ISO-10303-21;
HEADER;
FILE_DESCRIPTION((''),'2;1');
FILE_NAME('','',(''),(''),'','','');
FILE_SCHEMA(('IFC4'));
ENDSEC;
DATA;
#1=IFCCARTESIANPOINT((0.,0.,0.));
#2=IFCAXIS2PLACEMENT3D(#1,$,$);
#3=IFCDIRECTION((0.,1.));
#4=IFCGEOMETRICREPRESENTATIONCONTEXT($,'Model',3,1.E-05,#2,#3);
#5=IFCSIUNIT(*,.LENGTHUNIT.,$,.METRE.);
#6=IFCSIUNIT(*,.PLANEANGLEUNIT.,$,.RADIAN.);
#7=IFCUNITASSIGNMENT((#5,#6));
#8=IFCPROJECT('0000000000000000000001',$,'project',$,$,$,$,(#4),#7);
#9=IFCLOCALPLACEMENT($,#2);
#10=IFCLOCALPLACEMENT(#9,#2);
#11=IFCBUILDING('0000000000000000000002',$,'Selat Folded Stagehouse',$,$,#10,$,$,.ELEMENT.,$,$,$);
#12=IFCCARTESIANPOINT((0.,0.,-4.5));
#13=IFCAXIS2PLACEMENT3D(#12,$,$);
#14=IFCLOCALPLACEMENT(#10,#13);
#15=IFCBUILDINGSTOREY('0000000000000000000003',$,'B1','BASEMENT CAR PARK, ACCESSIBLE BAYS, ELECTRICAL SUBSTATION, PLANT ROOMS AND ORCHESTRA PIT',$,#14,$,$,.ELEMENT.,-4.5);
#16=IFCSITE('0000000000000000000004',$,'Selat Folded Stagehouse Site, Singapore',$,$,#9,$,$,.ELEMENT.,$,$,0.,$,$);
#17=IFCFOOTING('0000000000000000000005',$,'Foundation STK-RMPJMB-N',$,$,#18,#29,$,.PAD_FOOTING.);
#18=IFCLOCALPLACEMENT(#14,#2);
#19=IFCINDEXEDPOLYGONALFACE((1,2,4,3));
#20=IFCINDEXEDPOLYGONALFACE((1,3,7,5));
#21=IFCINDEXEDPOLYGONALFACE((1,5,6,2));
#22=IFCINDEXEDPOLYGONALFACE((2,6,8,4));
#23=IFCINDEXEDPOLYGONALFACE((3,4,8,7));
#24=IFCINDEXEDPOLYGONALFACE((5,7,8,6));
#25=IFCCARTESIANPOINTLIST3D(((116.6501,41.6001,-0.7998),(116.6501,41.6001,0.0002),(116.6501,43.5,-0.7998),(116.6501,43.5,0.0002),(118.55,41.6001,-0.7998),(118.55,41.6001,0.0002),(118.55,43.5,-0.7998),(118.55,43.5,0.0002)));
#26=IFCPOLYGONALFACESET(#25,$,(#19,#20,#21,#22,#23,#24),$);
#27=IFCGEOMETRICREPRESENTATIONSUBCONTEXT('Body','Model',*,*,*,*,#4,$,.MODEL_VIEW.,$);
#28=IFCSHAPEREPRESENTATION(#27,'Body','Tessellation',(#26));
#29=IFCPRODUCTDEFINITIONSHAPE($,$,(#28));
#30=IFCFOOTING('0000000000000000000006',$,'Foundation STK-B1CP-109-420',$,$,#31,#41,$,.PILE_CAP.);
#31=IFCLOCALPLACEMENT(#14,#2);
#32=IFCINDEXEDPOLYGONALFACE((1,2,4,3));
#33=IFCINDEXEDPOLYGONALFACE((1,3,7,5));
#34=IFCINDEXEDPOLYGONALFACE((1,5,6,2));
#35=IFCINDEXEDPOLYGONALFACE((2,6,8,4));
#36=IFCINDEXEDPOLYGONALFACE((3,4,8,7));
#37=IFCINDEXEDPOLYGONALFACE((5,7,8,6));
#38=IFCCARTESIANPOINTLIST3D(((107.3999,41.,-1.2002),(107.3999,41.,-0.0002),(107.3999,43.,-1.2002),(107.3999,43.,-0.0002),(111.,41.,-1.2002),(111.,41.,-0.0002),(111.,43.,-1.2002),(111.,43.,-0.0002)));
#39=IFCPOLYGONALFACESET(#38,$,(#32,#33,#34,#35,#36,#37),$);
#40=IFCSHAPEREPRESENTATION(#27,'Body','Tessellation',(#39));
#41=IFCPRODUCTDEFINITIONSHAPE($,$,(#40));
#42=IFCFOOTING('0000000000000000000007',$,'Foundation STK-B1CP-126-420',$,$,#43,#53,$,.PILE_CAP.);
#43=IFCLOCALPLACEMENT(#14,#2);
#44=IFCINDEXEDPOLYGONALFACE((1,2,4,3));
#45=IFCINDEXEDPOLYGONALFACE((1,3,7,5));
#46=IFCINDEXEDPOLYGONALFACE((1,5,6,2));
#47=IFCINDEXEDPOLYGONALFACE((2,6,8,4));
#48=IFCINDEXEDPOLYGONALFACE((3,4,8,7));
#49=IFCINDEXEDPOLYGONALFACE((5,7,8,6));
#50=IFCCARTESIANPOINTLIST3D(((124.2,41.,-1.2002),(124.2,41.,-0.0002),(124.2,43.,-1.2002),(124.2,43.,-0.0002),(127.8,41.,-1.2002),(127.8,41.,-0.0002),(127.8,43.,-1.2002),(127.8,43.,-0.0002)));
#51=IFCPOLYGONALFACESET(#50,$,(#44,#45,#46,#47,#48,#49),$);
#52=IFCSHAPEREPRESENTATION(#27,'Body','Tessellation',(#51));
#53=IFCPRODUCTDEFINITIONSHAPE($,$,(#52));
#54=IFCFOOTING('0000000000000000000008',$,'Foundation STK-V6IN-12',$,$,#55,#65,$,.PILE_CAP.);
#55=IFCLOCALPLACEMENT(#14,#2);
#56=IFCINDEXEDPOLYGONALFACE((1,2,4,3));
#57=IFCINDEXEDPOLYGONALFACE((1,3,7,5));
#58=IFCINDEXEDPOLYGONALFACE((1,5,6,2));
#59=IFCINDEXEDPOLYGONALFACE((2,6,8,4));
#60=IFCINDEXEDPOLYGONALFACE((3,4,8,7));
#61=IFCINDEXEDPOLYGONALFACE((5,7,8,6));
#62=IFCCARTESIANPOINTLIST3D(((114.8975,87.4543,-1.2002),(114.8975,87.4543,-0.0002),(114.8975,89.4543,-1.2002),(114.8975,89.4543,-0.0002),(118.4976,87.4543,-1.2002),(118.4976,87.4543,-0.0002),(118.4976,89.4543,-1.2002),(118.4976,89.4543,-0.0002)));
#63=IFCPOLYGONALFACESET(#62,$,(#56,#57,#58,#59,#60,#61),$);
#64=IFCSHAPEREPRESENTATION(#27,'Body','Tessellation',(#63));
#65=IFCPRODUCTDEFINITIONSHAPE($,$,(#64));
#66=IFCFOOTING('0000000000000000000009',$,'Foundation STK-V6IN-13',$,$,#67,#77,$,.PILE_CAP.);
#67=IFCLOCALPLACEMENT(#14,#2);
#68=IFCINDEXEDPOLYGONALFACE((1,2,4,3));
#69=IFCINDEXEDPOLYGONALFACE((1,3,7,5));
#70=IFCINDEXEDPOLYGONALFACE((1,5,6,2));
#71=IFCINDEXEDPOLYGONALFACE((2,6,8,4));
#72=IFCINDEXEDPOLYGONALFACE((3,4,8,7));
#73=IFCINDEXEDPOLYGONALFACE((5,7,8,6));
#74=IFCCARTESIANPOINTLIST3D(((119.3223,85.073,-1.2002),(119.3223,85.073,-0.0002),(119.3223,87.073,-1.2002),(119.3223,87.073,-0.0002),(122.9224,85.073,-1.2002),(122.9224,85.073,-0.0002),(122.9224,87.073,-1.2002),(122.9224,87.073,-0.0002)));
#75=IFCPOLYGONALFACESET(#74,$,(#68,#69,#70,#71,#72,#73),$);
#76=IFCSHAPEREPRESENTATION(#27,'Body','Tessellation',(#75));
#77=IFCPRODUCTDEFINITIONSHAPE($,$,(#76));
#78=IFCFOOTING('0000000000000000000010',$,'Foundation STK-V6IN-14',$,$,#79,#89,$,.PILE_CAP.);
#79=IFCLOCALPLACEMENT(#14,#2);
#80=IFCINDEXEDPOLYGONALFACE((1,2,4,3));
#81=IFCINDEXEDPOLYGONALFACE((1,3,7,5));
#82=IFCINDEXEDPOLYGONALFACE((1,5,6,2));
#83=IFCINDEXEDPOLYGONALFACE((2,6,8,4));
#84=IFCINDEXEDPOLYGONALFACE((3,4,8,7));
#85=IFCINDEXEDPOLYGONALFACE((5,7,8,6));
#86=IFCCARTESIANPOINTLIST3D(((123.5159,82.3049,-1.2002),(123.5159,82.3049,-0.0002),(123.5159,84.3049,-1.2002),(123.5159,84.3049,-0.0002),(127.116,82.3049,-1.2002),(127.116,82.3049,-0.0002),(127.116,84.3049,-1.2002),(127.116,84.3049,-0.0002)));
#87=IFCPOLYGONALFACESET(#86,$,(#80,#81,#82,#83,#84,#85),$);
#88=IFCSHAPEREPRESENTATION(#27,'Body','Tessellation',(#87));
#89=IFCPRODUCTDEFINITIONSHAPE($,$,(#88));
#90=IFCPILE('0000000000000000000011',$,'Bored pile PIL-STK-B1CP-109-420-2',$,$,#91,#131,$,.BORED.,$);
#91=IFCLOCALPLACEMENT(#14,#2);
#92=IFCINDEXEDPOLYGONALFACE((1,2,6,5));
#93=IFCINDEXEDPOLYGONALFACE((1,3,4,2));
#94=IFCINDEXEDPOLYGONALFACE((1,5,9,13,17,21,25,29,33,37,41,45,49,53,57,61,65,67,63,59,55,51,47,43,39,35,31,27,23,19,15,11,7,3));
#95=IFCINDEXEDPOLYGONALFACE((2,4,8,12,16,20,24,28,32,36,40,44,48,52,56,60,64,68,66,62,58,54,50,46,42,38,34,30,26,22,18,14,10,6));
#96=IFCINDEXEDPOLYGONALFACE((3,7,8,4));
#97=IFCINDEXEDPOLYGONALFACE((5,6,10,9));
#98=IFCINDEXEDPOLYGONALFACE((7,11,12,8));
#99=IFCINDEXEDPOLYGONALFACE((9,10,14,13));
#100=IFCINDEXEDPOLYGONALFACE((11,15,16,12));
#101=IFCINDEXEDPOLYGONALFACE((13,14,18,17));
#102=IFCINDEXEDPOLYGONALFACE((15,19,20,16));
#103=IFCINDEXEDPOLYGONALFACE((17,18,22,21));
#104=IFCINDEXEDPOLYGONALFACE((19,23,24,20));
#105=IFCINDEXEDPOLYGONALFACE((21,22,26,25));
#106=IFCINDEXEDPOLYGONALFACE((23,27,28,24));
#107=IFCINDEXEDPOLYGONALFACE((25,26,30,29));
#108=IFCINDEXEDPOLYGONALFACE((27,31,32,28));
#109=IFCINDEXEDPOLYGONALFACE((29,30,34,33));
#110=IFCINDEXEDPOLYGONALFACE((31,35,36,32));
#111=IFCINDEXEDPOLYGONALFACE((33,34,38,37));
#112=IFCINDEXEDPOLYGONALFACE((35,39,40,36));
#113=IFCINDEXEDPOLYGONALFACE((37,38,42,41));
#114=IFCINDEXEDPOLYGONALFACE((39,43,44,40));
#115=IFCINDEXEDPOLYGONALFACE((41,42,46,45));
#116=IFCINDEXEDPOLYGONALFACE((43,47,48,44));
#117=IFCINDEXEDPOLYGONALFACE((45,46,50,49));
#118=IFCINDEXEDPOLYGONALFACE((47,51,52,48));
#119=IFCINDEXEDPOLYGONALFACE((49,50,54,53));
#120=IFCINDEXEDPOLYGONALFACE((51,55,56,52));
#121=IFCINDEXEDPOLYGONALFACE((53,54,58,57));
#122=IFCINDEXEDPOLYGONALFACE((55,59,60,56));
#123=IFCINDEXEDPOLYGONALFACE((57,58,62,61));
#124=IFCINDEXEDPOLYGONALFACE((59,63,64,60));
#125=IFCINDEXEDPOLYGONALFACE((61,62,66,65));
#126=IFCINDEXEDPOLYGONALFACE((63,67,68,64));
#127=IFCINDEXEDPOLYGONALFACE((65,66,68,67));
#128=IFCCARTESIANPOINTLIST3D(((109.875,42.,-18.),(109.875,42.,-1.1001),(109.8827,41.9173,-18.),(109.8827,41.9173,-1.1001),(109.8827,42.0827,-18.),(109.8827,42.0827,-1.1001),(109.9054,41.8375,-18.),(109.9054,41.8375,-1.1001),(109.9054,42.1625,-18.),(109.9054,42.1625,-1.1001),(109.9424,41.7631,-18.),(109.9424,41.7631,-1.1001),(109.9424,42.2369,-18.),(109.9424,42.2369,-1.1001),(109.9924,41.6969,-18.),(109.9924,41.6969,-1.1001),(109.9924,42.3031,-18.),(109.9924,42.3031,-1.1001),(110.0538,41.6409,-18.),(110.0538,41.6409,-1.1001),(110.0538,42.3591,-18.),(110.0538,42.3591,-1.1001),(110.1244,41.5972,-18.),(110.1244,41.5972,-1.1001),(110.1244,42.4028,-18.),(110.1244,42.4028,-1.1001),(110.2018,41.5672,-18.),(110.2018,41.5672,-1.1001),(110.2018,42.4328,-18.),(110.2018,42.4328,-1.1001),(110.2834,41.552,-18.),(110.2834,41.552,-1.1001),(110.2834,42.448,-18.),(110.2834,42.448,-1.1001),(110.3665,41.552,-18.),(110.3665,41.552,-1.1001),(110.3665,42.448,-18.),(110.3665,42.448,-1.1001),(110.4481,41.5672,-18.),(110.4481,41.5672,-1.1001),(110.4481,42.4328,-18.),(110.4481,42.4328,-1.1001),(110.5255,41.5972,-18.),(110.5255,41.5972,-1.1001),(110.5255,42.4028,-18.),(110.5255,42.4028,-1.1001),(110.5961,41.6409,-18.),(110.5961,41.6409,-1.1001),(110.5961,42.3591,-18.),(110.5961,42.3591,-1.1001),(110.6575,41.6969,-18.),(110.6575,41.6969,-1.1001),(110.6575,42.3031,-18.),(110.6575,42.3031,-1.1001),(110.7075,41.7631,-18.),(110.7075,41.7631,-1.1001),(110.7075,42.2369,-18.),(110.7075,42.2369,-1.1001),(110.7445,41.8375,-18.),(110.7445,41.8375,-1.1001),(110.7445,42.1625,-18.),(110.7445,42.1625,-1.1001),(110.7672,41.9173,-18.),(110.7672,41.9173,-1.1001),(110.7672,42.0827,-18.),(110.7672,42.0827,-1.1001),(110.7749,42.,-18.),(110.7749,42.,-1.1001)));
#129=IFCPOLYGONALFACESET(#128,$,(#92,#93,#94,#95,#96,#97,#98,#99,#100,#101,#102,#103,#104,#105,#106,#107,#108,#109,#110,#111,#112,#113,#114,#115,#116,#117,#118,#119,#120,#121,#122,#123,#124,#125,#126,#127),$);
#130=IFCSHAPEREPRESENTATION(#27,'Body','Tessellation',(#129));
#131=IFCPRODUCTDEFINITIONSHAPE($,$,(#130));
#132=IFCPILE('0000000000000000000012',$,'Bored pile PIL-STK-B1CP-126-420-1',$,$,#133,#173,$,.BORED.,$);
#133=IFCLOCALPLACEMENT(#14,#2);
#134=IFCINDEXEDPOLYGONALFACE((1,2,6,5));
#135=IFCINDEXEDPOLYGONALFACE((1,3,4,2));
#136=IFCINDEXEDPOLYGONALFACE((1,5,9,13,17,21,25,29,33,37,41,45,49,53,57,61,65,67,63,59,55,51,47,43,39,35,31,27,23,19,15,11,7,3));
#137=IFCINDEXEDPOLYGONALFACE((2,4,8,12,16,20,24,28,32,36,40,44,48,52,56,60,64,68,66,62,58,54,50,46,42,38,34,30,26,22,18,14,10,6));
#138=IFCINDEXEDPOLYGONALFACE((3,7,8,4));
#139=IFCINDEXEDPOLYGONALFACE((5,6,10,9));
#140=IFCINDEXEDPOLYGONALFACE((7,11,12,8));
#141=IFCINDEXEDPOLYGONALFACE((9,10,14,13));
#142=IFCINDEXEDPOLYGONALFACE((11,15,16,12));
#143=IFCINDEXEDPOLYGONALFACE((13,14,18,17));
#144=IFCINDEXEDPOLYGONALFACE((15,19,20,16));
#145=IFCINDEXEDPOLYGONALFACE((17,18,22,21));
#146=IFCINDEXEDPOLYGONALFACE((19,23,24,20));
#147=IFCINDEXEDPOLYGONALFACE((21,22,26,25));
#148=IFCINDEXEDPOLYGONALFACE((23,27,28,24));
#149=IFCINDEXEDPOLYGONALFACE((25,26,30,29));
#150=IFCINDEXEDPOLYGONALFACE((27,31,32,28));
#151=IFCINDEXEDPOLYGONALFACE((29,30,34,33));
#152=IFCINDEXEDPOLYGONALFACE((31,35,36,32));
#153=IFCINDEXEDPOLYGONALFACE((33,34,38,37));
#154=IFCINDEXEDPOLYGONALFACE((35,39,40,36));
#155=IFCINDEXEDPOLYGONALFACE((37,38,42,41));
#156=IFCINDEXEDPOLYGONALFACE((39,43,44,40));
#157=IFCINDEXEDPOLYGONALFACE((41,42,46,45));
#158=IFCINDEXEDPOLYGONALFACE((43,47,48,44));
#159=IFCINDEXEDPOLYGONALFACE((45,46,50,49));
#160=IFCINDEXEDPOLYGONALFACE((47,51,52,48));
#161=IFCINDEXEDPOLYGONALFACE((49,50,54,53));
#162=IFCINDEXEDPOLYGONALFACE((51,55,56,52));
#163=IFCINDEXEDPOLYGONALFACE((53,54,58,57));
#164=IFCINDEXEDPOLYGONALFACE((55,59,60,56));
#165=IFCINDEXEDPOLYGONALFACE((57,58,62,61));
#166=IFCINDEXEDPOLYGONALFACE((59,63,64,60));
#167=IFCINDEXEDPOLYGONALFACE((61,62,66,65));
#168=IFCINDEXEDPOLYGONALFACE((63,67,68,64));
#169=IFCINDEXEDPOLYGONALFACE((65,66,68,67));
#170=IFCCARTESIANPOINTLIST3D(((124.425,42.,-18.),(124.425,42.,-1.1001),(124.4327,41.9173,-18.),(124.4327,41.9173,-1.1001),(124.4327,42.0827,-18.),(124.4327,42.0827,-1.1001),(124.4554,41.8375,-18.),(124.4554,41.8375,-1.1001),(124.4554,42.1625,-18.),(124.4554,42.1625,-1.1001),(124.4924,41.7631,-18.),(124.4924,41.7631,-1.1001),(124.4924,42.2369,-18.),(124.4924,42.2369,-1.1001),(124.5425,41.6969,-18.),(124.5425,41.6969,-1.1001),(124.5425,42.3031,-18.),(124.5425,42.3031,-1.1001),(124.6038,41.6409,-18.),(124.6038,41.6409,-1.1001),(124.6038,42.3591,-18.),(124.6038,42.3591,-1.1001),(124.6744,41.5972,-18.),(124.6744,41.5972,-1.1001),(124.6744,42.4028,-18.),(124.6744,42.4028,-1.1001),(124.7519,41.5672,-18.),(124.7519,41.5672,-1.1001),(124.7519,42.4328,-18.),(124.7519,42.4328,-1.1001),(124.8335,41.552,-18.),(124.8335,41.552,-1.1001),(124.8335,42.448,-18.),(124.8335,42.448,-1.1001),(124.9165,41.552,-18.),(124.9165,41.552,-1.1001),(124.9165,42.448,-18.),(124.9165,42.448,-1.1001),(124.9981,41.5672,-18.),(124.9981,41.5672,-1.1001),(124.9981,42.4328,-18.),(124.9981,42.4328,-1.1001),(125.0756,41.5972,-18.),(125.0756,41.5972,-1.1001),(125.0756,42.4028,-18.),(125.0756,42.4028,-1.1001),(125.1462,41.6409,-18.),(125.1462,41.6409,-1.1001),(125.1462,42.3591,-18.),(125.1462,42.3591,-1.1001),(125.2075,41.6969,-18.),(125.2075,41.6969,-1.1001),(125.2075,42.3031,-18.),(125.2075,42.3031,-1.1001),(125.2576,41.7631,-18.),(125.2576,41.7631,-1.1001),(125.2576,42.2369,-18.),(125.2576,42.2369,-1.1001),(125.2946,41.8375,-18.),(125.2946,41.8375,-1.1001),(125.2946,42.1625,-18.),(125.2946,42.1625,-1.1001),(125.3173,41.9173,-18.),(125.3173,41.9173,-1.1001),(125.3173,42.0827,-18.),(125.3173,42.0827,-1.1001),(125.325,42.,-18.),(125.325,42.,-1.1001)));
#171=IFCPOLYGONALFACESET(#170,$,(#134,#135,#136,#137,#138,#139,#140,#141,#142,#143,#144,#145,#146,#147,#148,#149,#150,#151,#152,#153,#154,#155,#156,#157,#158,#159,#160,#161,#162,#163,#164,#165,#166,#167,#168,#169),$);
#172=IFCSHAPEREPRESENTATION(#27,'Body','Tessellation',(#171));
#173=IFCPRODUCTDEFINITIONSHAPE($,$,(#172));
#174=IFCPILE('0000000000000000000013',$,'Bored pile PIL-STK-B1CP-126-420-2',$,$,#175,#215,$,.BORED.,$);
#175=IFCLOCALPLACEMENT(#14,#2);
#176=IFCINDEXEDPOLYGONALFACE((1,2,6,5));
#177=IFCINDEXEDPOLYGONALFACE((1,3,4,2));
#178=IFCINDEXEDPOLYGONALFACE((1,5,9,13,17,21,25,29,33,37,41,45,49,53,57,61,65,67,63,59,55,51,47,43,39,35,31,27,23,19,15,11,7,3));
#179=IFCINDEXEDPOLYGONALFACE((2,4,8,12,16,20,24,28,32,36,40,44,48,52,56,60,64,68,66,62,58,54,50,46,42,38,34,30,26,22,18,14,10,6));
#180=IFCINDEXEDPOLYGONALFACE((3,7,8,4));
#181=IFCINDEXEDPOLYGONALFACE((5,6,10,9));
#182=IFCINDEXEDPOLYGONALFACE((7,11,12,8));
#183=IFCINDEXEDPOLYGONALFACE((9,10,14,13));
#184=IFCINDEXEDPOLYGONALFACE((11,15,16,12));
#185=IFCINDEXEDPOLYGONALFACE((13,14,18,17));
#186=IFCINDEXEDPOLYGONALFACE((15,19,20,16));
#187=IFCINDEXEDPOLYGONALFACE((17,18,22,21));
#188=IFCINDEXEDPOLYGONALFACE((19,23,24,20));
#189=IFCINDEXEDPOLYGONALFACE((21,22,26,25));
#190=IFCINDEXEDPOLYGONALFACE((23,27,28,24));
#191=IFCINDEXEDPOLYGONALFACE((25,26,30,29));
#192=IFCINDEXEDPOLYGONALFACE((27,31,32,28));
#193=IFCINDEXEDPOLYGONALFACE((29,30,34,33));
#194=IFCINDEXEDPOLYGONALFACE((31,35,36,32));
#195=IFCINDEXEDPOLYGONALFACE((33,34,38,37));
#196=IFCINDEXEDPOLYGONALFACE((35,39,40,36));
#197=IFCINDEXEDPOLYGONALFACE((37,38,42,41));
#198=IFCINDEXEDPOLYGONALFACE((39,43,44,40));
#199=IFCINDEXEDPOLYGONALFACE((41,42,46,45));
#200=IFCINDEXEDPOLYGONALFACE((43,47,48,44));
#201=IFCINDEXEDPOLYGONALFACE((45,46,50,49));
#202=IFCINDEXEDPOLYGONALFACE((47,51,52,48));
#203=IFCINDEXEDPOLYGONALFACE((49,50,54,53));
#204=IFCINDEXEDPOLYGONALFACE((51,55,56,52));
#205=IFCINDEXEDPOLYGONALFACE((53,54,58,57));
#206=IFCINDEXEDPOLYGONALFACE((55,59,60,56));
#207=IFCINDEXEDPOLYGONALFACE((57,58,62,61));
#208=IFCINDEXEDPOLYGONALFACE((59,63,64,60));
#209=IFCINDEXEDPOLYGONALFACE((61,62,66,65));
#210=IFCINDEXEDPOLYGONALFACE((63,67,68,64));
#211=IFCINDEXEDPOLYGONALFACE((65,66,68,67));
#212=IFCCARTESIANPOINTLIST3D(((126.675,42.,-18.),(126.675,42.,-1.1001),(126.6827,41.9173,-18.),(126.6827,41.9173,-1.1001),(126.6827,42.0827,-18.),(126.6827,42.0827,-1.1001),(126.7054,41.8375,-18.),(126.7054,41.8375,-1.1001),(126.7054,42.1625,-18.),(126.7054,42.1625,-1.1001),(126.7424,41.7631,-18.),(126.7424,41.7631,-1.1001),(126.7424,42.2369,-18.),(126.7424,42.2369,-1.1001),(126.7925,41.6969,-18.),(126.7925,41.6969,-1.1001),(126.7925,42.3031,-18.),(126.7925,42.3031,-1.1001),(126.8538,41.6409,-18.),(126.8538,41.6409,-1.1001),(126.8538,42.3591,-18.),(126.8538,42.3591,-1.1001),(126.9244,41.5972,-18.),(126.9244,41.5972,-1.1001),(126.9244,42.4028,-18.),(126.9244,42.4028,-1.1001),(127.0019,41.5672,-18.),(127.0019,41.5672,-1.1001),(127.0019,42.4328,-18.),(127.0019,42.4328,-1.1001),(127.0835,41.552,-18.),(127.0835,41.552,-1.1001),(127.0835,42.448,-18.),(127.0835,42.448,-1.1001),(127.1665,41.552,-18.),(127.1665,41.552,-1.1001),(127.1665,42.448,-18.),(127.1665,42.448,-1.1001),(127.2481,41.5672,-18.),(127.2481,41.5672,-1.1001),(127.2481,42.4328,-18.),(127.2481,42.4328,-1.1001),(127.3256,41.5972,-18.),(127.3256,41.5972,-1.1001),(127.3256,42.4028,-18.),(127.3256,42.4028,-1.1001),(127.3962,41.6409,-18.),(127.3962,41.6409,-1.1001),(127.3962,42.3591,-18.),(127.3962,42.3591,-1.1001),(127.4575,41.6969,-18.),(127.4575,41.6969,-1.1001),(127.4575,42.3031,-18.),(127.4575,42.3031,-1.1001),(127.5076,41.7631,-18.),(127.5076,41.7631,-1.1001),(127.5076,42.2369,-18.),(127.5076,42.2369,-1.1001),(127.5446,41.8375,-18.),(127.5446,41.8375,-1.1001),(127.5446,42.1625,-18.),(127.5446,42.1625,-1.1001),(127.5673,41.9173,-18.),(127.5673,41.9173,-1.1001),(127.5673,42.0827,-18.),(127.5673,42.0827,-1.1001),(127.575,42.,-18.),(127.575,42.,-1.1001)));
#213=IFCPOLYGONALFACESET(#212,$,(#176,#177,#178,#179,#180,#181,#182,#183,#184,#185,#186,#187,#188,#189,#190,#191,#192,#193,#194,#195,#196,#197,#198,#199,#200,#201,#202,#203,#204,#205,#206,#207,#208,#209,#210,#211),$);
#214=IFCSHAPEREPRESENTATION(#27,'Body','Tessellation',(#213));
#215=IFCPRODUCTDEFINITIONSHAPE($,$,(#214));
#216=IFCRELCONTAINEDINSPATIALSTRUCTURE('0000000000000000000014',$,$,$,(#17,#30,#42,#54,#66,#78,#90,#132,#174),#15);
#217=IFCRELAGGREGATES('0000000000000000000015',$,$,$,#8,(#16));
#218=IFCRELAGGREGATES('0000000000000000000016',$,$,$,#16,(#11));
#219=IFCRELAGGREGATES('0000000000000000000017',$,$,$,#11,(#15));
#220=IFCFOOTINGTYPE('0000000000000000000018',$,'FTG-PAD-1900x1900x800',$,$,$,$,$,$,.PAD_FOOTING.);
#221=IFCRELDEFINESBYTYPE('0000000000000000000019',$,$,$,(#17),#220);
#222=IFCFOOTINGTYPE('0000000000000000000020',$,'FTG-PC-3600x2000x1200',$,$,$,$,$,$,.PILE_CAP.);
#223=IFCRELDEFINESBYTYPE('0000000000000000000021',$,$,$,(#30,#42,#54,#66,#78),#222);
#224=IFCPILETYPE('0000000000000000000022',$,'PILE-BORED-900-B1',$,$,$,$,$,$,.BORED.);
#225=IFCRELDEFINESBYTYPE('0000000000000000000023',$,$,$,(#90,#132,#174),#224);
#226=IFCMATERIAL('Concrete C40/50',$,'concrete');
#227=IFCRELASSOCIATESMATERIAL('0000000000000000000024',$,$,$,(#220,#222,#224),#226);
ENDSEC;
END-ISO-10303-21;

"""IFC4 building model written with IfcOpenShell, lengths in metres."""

from ifc_helpers import new_model, si_unit, direction, frame, origin, origin_2d, place, context, subcontext, project, spatial, rectangle, circle, extrude, material, material_profile, profile_set, type_object, element, save


model = new_model("IFC4")

# Units and contexts
model_context = context("Model", 3, precision=1e-05, world=origin(), true_north=direction((0.0, 1.0)))
body_context = subcontext(model_context, "Body", "Model", "MODEL_VIEW")
ifc_project = project(units=[si_unit("LENGTHUNIT", "METRE"), si_unit("PLANEANGLEUNIT", "RADIAN")], contexts=[model_context])

# Site, building, storey
site_placement = place(None, origin())
site = spatial("IfcSite", under=ifc_project, at=site_placement, Name="Selat Folded Stagehouse Site, Singapore", CompositionType="ELEMENT", RefElevation=0.0)
building_placement = place(site_placement, origin())
building = spatial("IfcBuilding", under=site, at=building_placement, Name="Selat Folded Stagehouse", CompositionType="ELEMENT")
storey_placement = place(building_placement, frame((0.0, 0.0, -4.5)))
storey = spatial("IfcBuildingStorey", under=building, at=storey_placement, Name="B1", Description="BASEMENT CAR PARK, ACCESSIBLE BAYS, ELECTRICAL SUBSTATION, PLANT ROOMS AND ORCHESTRA PIT", CompositionType="ELEMENT", Elevation=-4.5)

# Footings
ifc_material_1 = material(Name="Concrete C40/50", Category="concrete")
footing_type_1 = type_object("IfcFootingType", Name="FTG-PAD-1900x1900x800", PredefinedType="PAD_FOOTING", material=ifc_material_1)
footing_placement = place(storey_placement, frame((117.6001, 42.55, -0.7998), z_axis=(0.0, 0.0, 1.0), x_axis=(1.0, 0.0, 0.0)))
element("IfcFooting", 1, at=footing_placement, inside=storey, type_object=footing_type_1, Name="Foundation STK-RMPJMB-N", PredefinedType="PAD_FOOTING", context=body_context, shape_type="SweptSolid", body=[
    extrude(rectangle(XDim=1.8999, YDim=1.8999, at=origin_2d()), origin(), (0.0, 0.0, 1.0), 0.8),
])
footing_type_2 = type_object("IfcFootingType", Name="FTG-PC-3600x2000x1200", PredefinedType="PILE_CAP", material=ifc_material_1)
for number, where, z_axis, x_axis, name in (
    (2, (109.2, 42.0, -1.2002), (0.0, 0.0, 1.0), (1.0, 0.0, 0.0), "Foundation STK-B1CP-109-420"),
    (3, (126.0, 42.0, -1.2002), (0.0, 0.0, 1.0), (1.0, 0.0, 0.0), "Foundation STK-B1CP-126-420"),
    (4, (116.6975, 88.4543, -1.2002), (0.0, 0.0, 1.0), (1.0, 0.0, 0.0), "Foundation STK-V6IN-12"),
    (5, (121.1223, 86.073, -1.2002), (0.0, 0.0, 1.0), (1.0, 0.0, 0.0), "Foundation STK-V6IN-13"),
    (6, (125.3159, 83.3049, -1.2002), (0.0, 0.0, 1.0), (1.0, 0.0, 0.0), "Foundation STK-V6IN-14"),
):
    element("IfcFooting", number, at=place(storey_placement, frame(where, z_axis=z_axis, x_axis=x_axis)), inside=storey, type_object=footing_type_2, Name=name, PredefinedType="PILE_CAP", context=body_context, shape_type="SweptSolid", body=[
        extrude(rectangle(XDim=3.6001, YDim=2.0, at=origin_2d()), origin(), (0.0, 0.0, 1.0), 1.2),
    ])

# Piles
ifc_material_profile_1 = material_profile(ifc_material_1, circle(Radius=0.45, at=origin_2d()), Name="PILE D900")
ifc_profile_set_1 = profile_set([ifc_material_profile_1], Name="Concrete C40/50")
pile_type = type_object("IfcPileType", Name="PILE-BORED-900-B1", PredefinedType="BORED", material=ifc_profile_set_1)
for number, where, z_axis, x_axis, name in (
    (7, (110.325, 42.0, -1.1001), (0.0, 0.0, -1.0), (1.0, 0.0, 0.0), "Bored pile PIL-STK-B1CP-109-420-2"),
    (8, (124.875, 42.0, -1.1001), (0.0, 0.0, -1.0), (1.0, 0.0, 0.0), "Bored pile PIL-STK-B1CP-126-420-1"),
    (9, (127.125, 42.0, -1.1001), (0.0, 0.0, -1.0), (1.0, 0.0, 0.0), "Bored pile PIL-STK-B1CP-126-420-2"),
):
    element("IfcPile", number, at=place(storey_placement, frame(where, z_axis=z_axis, x_axis=x_axis)), inside=storey, type_object=pile_type, Name=name, PredefinedType="BORED", context=body_context, shape_type="SweptSolid", body=[
        extrude(circle(Radius=0.45, at=origin_2d()), origin(), (0.0, 0.0, 1.0), 16.8999),
    ])

save(model, "model.ifc")
